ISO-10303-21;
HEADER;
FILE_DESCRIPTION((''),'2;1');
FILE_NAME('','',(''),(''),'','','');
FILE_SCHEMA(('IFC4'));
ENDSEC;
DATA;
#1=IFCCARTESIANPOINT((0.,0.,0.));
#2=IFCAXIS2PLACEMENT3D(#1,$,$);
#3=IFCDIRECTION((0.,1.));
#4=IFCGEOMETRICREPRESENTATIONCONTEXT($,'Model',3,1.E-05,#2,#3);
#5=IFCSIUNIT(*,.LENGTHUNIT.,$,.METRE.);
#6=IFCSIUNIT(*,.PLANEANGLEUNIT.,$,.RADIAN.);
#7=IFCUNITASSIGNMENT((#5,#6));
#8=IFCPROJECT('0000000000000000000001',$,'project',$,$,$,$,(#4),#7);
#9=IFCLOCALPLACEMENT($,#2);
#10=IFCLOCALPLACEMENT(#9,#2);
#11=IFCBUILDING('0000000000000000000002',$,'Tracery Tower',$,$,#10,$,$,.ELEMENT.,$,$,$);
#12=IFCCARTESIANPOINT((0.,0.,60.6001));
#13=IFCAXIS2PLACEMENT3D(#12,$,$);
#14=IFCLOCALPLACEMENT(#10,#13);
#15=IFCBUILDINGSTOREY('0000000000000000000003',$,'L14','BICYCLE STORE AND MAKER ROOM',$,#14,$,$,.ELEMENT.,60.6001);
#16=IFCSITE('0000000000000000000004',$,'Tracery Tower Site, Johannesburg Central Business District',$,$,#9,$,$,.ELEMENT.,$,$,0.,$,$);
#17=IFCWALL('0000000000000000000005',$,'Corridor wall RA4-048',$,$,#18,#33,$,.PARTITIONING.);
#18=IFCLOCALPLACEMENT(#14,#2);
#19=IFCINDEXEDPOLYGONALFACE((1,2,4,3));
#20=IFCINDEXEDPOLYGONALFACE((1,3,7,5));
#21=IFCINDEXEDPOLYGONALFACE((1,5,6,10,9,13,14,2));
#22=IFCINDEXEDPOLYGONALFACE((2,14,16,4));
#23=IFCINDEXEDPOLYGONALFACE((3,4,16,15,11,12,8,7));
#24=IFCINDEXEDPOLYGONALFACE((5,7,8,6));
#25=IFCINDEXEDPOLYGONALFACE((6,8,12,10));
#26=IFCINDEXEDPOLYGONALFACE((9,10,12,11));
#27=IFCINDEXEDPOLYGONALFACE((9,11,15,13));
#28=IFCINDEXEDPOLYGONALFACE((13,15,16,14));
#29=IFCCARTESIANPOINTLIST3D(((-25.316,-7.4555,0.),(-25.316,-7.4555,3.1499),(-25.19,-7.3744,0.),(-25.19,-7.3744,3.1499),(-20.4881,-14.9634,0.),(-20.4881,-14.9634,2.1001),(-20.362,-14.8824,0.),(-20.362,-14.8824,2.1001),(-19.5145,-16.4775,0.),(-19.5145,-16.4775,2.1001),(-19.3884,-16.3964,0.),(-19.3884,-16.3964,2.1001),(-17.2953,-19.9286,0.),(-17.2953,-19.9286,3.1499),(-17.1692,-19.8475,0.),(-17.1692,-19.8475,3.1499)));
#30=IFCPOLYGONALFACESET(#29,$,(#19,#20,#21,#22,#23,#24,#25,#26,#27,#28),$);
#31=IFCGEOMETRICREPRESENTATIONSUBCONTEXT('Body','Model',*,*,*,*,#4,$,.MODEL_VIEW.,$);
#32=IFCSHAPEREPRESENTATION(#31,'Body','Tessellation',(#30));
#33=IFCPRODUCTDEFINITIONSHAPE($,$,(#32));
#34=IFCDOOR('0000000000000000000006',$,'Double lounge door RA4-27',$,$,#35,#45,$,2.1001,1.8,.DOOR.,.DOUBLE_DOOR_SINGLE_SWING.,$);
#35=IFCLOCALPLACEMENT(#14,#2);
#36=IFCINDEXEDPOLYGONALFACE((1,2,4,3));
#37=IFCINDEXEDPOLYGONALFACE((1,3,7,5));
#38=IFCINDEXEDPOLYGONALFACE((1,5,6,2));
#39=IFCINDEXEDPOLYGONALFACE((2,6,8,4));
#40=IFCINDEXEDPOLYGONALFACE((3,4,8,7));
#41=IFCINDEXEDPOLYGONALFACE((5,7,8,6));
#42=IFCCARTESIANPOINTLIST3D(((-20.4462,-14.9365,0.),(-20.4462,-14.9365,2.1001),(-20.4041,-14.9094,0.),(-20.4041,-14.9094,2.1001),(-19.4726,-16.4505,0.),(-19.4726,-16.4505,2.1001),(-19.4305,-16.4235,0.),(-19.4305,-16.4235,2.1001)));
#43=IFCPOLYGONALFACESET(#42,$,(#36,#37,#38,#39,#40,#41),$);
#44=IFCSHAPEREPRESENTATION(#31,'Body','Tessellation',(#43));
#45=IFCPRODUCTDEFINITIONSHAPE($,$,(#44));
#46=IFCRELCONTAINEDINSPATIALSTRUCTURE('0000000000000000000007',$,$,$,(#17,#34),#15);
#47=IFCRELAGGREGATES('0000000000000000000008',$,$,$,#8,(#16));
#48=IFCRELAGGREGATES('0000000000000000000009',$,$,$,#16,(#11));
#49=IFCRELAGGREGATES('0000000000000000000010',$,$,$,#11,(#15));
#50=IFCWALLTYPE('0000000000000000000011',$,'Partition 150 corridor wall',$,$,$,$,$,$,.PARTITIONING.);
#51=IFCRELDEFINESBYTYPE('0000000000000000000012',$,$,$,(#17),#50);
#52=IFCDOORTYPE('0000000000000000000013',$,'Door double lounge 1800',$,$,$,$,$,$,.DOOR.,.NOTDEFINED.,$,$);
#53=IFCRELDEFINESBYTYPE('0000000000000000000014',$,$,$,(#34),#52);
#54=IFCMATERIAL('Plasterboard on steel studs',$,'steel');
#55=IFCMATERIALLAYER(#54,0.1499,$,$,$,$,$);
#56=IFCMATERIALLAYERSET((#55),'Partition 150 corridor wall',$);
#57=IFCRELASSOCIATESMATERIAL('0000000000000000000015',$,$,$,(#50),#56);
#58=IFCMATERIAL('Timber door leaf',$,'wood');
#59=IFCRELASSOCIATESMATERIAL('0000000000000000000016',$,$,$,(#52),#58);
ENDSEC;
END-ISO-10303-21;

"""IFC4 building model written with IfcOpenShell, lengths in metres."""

from ifc_helpers import new_model, si_unit, direction, frame, frame_2d, origin, place, context, subcontext, project, spatial, rectangle, extrude, material, layer, layer_set, type_object, element, fill, save


model = new_model("IFC4")

# Units and contexts
model_context = context("Model", 3, precision=1e-05, world=origin(), true_north=direction((0.0, 1.0)))
body_context = subcontext(model_context, "Body", "Model", "MODEL_VIEW")
ifc_project = project(units=[si_unit("LENGTHUNIT", "METRE"), si_unit("PLANEANGLEUNIT", "RADIAN")], contexts=[model_context])

# Site, building, storey
site_placement = place(None, origin())
site = spatial("IfcSite", under=ifc_project, at=site_placement, Name="Tracery Tower Site, Johannesburg Central Business District", CompositionType="ELEMENT", RefElevation=0.0)
building_placement = place(site_placement, origin())
building = spatial("IfcBuilding", under=site, at=building_placement, Name="Tracery Tower", CompositionType="ELEMENT")
storey_placement = place(building_placement, frame((0.0, 0.0, 60.6001)))
storey = spatial("IfcBuildingStorey", under=building, at=storey_placement, Name="L14", Description="BICYCLE STORE AND MAKER ROOM", CompositionType="ELEMENT", Elevation=60.6001)

# Shared definitions
ifc_material_1 = material(Name="Plasterboard on steel studs", Category="steel")
ifc_layer_1 = layer(ifc_material_1, 0.1499)
ifc_layer_set_1 = layer_set([ifc_layer_1], Name="Partition 150 corridor wall")
wall_type_1 = type_object("IfcWallType", Name="Partition 150 corridor wall", PredefinedType="PARTITIONING", material=ifc_layer_set_1)

# Wall, opening, door
wall_1_placement = place(storey_placement, frame((-25.2529, -7.415, 0.0), z_axis=(0.0, 0.0, 1.0), x_axis=(0.540867, -0.841108, 0.0)))
wall_1 = element("IfcWall", 1, at=wall_1_placement, inside=storey, type_object=wall_type_1, Name="Corridor wall RA4-048", PredefinedType="PARTITIONING", context=body_context, shape_type="SweptSolid", body=[
    extrude(rectangle(XDim=14.8293, YDim=0.1499, at=frame_2d((7.4146, 0.0))), origin(), (0.0, 0.0, 1.0), 3.1499),
])
opening_1_placement = place(wall_1_placement, frame((8.9263, 0.0, 0.0)))
opening_1 = element("IfcOpeningElement", 2, at=opening_1_placement, cuts=wall_1, PredefinedType="OPENING", context=body_context, shape_type="SweptSolid", body=[
    extrude(rectangle(XDim=1.8, YDim=2.1001, at=frame_2d((0.8999, 1.05))), frame((0.0, 0.075, 0.0), z_axis=(0.0, -1.0, 0.0), x_axis=(1.0, 0.0, 0.0)), (0.0, 0.0, 1.0), 0.1499),
])
ifc_material_2 = material(Name="Timber door leaf", Category="wood")
door_type_1 = type_object("IfcDoorType", Name="Door double lounge 1800", OperationType="NOTDEFINED", PredefinedType="DOOR", material=ifc_material_2)
door_1_placement = place(opening_1_placement, origin())
door_1 = element("IfcDoor", 3, at=door_1_placement, inside=storey, type_object=door_type_1, Name="Double lounge door RA4-27", OperationType="DOUBLE_DOOR_SINGLE_SWING", OverallHeight=2.1001, OverallWidth=1.8, PredefinedType="DOOR", context=body_context, shape_type="SweptSolid", body=[
    extrude(rectangle(XDim=1.8, YDim=2.1001, at=frame_2d((0.8999, 1.05))), frame((0.0, 0.0249, 0.0), z_axis=(0.0, -1.0, 0.0), x_axis=(1.0, 0.0, 0.0)), (0.0, 0.0, 1.0), 0.05),
])
fill(opening_1, door_1)

save(model, "model.ifc")
